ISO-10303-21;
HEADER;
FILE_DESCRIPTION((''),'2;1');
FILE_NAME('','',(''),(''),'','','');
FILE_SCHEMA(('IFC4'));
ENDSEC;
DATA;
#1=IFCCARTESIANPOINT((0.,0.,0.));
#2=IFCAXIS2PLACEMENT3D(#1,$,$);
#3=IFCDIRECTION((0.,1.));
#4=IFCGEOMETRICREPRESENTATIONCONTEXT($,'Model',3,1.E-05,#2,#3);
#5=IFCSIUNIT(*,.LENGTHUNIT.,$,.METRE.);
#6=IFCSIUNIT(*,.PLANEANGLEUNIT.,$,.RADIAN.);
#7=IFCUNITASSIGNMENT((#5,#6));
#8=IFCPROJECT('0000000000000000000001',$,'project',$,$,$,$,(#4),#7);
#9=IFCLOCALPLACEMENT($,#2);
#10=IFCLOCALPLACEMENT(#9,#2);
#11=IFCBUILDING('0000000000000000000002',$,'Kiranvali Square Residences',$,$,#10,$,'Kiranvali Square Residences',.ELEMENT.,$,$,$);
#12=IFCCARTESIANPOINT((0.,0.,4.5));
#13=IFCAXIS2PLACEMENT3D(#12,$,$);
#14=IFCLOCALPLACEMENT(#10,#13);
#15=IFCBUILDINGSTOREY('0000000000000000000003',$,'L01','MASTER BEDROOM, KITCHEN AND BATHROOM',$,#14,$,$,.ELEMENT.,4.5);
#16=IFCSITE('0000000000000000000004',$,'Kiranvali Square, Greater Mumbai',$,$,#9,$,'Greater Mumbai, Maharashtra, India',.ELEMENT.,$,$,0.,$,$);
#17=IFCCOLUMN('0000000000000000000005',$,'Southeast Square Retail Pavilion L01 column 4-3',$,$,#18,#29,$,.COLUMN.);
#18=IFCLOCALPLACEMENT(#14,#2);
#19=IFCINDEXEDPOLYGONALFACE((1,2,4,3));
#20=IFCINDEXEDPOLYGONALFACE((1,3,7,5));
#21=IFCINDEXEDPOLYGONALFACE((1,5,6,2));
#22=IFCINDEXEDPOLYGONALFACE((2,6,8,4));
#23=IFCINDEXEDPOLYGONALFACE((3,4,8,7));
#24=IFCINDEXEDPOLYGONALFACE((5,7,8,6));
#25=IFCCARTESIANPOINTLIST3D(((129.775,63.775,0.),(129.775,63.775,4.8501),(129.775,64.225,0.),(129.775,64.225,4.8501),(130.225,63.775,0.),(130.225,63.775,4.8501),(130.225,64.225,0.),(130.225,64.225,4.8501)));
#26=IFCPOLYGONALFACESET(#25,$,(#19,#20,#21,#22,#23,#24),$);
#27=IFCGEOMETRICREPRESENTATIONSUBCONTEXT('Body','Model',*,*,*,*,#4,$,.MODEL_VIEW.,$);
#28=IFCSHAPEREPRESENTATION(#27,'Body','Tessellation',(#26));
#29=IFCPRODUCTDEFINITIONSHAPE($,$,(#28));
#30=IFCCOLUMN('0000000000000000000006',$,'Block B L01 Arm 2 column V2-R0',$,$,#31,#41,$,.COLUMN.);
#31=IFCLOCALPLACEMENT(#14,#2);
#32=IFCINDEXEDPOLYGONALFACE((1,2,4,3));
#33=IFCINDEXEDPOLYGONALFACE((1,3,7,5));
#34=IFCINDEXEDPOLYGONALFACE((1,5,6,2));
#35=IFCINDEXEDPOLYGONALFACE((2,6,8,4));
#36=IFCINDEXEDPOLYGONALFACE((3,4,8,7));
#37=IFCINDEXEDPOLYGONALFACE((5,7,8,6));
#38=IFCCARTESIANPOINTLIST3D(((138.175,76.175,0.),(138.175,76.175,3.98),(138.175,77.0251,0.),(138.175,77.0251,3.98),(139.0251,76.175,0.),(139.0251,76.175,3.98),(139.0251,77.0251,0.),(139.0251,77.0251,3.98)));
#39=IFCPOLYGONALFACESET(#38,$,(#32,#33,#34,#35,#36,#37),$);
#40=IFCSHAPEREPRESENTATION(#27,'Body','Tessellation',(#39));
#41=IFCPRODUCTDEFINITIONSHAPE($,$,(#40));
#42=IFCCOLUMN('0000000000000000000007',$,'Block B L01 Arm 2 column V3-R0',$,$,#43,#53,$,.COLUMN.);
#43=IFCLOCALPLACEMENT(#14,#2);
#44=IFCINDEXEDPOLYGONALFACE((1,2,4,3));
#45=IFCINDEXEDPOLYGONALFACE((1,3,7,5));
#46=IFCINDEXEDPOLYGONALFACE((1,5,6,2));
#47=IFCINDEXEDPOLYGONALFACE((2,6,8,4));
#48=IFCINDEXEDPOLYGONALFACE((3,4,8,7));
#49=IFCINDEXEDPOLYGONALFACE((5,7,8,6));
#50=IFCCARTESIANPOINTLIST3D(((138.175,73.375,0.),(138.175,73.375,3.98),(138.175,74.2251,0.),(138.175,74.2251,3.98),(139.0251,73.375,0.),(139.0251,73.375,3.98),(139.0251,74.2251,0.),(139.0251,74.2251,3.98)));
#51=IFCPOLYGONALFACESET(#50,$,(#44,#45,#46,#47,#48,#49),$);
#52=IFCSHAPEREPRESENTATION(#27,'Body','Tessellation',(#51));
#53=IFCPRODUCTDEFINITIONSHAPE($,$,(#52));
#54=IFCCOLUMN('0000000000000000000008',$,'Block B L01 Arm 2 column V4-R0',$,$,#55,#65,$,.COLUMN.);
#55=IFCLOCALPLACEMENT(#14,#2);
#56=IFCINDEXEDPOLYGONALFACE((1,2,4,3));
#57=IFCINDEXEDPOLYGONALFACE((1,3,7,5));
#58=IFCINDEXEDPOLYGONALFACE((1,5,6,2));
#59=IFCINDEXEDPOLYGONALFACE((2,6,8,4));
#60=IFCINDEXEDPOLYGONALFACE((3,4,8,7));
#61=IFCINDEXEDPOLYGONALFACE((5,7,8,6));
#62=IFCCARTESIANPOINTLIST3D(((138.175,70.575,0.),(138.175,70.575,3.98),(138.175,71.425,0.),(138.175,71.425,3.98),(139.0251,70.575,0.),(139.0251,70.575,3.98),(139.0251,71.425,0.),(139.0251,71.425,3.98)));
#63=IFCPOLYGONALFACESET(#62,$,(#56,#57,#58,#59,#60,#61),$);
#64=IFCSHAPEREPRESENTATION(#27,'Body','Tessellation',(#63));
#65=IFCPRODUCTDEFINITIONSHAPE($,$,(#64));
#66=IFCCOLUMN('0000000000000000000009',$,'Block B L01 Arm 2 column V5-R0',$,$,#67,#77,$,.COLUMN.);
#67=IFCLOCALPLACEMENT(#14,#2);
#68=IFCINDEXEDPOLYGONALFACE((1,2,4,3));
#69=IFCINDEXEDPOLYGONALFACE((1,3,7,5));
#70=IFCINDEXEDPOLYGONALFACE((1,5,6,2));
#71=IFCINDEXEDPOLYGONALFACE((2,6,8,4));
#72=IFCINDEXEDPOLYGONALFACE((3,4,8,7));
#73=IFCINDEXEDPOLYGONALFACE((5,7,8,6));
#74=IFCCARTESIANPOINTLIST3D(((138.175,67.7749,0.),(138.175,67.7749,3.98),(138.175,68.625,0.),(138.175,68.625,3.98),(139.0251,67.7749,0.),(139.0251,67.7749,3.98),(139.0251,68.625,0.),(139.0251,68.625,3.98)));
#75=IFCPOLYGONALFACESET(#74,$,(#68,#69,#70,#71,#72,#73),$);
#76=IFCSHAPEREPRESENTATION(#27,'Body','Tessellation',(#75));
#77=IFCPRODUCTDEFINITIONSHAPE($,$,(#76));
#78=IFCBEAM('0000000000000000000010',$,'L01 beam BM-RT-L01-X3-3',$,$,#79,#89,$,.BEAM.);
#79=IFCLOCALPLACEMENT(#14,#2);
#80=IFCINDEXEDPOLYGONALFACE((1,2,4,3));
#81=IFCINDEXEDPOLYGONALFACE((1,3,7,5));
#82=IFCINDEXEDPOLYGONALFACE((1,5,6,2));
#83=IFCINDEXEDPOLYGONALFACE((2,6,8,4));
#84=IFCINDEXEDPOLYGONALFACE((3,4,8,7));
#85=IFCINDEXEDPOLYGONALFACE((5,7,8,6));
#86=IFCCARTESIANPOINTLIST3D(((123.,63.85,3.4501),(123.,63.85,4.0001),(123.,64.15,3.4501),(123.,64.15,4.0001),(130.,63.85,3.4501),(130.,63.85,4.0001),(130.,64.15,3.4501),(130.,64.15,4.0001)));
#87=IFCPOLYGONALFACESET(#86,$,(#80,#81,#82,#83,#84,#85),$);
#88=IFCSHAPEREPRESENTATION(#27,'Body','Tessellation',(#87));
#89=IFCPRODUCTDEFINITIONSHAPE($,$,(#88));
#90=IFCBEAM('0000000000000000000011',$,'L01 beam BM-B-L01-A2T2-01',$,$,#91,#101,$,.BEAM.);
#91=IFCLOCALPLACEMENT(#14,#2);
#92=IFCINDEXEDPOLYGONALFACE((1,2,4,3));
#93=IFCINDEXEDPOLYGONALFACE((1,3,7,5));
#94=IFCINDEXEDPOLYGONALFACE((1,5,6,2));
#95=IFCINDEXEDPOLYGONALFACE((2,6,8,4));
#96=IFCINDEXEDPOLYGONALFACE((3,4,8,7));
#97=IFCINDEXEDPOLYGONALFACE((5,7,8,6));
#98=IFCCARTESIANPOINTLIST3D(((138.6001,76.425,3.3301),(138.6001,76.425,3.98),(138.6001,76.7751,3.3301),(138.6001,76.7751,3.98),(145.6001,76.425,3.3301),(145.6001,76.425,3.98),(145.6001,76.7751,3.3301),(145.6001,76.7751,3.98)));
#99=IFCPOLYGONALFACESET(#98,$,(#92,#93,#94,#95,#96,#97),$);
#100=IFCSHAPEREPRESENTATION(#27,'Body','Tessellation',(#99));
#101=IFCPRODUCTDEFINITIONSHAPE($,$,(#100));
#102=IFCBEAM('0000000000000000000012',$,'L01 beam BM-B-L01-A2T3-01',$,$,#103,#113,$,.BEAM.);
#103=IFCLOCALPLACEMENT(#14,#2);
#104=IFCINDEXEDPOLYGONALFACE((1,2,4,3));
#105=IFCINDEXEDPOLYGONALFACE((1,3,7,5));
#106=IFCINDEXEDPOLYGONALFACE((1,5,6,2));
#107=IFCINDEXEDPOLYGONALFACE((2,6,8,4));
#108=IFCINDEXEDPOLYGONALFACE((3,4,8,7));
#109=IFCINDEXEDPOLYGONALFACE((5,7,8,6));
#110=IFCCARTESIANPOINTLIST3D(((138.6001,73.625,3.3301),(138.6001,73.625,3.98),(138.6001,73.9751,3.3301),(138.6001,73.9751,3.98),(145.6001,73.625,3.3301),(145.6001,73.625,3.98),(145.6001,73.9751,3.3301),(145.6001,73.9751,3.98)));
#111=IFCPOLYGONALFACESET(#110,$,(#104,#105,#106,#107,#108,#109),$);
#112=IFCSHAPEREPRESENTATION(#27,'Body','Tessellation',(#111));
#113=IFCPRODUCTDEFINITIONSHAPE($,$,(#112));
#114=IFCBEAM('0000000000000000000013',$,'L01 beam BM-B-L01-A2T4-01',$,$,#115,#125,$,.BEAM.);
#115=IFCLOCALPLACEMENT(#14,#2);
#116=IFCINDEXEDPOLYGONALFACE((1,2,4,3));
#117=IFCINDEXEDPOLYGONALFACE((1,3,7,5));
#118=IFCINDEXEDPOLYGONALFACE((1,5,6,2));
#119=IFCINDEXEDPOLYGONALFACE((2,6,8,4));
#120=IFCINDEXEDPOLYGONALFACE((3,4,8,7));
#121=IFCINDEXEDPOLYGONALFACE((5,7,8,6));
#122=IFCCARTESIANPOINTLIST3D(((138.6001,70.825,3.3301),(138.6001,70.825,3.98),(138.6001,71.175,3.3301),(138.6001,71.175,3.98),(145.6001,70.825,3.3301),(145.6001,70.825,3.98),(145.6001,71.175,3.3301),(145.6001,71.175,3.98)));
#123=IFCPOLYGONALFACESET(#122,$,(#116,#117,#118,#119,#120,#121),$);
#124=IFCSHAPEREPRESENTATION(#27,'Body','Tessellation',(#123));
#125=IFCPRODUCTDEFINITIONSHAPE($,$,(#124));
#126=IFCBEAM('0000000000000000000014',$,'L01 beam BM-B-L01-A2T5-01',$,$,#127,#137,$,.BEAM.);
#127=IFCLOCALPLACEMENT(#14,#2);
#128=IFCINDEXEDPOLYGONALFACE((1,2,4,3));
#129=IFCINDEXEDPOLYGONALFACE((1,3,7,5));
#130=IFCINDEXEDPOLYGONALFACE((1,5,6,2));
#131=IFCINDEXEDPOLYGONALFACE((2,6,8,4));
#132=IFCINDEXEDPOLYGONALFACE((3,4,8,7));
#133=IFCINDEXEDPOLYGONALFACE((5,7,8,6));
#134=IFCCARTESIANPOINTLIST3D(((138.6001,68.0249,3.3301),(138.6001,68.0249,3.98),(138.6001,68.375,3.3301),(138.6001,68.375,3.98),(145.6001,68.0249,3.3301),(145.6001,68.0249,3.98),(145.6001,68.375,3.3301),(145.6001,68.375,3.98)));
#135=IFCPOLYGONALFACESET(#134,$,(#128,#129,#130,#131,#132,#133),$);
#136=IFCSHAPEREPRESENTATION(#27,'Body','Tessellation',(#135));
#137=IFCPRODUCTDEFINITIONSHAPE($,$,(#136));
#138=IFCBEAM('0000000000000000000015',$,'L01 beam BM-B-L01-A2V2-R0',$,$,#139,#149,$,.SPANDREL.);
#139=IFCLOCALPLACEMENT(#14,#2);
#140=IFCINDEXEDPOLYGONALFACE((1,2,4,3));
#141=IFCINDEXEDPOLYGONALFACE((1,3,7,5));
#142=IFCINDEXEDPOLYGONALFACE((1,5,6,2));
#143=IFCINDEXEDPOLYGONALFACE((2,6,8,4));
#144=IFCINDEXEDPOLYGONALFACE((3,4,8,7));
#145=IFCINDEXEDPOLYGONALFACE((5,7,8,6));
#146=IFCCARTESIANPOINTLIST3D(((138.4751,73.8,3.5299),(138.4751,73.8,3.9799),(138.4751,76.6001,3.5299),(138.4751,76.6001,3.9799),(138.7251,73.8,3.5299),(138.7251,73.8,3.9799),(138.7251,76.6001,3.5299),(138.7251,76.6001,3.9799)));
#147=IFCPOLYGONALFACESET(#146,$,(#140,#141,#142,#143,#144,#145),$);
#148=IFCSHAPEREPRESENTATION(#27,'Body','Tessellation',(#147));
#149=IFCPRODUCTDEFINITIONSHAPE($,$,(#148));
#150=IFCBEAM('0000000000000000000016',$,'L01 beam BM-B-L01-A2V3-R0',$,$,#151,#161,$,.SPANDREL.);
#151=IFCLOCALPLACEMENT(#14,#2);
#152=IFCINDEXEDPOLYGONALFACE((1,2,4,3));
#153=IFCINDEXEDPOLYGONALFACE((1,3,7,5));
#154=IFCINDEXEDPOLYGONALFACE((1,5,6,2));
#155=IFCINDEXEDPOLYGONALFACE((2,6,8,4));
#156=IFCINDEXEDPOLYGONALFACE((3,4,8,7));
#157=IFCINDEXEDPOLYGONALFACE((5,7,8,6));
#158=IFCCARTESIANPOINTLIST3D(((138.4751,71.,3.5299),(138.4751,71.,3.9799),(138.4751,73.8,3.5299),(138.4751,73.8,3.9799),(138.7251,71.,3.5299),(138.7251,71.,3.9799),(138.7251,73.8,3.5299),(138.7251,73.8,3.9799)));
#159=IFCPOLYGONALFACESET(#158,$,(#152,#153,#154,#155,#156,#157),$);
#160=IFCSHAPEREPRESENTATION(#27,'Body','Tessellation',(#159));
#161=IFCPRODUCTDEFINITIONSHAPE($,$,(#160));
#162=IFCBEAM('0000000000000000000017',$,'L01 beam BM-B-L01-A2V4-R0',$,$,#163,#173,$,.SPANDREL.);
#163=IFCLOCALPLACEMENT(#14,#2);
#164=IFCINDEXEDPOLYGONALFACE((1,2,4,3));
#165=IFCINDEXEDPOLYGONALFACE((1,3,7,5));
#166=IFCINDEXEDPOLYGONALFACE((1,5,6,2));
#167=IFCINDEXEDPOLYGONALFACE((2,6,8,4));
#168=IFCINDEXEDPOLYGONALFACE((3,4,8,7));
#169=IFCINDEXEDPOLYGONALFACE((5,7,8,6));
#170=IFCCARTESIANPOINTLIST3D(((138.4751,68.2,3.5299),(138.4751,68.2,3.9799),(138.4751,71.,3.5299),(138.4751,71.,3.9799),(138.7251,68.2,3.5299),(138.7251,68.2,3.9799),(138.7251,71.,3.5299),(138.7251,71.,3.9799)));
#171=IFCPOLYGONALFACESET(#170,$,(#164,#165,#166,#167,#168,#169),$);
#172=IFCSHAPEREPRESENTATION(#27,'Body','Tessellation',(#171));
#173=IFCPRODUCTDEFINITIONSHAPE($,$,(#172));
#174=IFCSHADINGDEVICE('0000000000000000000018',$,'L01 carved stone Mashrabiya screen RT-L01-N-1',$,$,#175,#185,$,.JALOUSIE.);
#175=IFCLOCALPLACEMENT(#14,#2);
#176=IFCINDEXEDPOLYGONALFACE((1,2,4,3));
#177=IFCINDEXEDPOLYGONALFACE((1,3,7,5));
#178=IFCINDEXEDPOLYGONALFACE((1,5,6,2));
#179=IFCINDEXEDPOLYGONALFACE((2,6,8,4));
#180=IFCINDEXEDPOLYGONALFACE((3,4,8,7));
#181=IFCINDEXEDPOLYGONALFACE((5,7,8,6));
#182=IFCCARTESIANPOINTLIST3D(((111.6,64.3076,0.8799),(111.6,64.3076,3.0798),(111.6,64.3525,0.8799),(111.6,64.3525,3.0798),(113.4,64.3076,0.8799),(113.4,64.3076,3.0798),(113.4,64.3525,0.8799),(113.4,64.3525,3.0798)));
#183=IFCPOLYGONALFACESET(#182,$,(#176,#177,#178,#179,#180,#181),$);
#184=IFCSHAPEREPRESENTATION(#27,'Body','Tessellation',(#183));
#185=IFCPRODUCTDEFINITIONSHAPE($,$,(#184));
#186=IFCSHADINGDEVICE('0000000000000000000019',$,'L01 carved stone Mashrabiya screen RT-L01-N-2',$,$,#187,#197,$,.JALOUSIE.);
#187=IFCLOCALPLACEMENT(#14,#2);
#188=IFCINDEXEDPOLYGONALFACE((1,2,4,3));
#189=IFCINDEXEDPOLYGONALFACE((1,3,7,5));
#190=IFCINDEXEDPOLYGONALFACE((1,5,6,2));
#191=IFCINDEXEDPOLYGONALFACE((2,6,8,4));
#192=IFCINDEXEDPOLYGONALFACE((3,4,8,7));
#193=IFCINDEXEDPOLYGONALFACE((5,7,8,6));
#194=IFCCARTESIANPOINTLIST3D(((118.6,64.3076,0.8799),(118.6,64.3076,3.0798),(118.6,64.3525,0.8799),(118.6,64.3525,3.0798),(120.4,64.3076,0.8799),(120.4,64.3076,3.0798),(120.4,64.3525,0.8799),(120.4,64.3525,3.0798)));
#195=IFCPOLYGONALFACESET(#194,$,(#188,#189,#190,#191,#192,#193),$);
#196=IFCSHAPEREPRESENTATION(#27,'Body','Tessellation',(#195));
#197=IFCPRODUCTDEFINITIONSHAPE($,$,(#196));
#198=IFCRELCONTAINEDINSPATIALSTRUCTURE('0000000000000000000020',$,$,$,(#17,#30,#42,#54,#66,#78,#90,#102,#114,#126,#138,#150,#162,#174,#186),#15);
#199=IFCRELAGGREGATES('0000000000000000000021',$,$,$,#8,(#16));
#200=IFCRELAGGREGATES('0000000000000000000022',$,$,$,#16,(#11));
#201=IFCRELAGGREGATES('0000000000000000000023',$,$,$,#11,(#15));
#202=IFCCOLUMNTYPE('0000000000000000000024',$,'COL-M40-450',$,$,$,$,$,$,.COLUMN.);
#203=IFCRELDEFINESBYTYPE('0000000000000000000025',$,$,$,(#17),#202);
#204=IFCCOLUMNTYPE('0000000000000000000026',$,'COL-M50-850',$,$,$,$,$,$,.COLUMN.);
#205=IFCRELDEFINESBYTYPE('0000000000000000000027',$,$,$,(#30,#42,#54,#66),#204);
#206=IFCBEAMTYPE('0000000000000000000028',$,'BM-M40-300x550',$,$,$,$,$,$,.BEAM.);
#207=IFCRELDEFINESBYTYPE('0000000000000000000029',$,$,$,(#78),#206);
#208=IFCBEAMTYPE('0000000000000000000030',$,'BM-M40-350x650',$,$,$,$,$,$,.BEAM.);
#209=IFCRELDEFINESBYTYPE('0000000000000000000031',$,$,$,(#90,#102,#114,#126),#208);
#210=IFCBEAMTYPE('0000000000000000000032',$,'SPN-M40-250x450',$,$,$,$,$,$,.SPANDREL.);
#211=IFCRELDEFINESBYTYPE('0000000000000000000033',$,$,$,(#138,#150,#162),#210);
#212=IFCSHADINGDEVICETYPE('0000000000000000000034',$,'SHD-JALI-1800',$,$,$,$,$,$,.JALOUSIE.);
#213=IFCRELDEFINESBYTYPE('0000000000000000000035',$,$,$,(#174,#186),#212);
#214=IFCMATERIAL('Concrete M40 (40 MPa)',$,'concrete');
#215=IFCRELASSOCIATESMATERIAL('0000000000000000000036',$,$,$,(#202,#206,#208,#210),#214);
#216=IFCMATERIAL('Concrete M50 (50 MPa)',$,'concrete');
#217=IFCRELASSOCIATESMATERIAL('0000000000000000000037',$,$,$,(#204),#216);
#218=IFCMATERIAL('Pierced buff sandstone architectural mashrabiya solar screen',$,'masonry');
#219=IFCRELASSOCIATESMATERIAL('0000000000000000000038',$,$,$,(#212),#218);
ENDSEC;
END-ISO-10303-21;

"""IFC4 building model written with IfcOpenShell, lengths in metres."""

from ifc_helpers import new_model, si_unit, direction, frame, origin, origin_2d, place, context, subcontext, project, spatial, rectangle, extrude, material, material_profile, profile_set, type_object, element, save


model = new_model("IFC4")

# Units and contexts
model_context = context("Model", 3, precision=1e-05, world=origin(), true_north=direction((0.0, 1.0)))
body_context = subcontext(model_context, "Body", "Model", "MODEL_VIEW")
ifc_project = project(units=[si_unit("LENGTHUNIT", "METRE"), si_unit("PLANEANGLEUNIT", "RADIAN")], contexts=[model_context])

# Site, building, storey
site_placement = place(None, origin())
site = spatial("IfcSite", under=ifc_project, at=site_placement, Name="Kiranvali Square, Greater Mumbai", LongName="Greater Mumbai, Maharashtra, India", CompositionType="ELEMENT", RefElevation=0.0)
building_placement = place(site_placement, origin())
building = spatial("IfcBuilding", under=site, at=building_placement, Name="Kiranvali Square Residences", LongName="Kiranvali Square Residences", CompositionType="ELEMENT")
storey_placement = place(building_placement, frame((0.0, 0.0, 4.5)))
storey = spatial("IfcBuildingStorey", under=building, at=storey_placement, Name="L01", Description="MASTER BEDROOM, KITCHEN AND BATHROOM", CompositionType="ELEMENT", Elevation=4.5)

# Columns
ifc_material_1 = material(Name="Concrete M40 (40 MPa)", Category="concrete")
ifc_material_profile_1 = material_profile(ifc_material_1, rectangle(XDim=0.45, YDim=0.45, at=origin_2d()), Name="RC 450x450")
ifc_profile_set_1 = profile_set([ifc_material_profile_1], Name="Concrete M40 (40 MPa)")
column_type_1 = type_object("IfcColumnType", Name="COL-M40-450", PredefinedType="COLUMN", material=ifc_profile_set_1)
column_placement = place(storey_placement, frame((130.0, 64.0, 0.0), z_axis=(0.0, 0.0, 1.0), x_axis=(1.0, 0.0, 0.0)))
element("IfcColumn", 1, at=column_placement, inside=storey, type_object=column_type_1, Name="Southeast Square Retail Pavilion L01 column 4-3", PredefinedType="COLUMN", context=body_context, shape_type="SweptSolid", body=[
    extrude(rectangle(XDim=0.45, YDim=0.45, at=origin_2d()), origin(), (0.0, 0.0, 1.0), 4.8501),
])
ifc_material_2 = material(Name="Concrete M50 (50 MPa)", Category="concrete")
ifc_material_profile_2 = material_profile(ifc_material_2, rectangle(XDim=0.8501, YDim=0.8501, at=origin_2d()), Name="RC 850x850")
ifc_profile_set_2 = profile_set([ifc_material_profile_2], Name="Concrete M50 (50 MPa)")
column_type_2 = type_object("IfcColumnType", Name="COL-M50-850", PredefinedType="COLUMN", material=ifc_profile_set_2)
for number, where, z_axis, x_axis, name in (
    (2, (138.6001, 76.6001, 0.0), (0.0, 0.0, 1.0), (1.0, 0.0, 0.0), "Block B L01 Arm 2 column V2-R0"),
    (3, (138.6001, 73.8, 0.0), (0.0, 0.0, 1.0), (1.0, 0.0, 0.0), "Block B L01 Arm 2 column V3-R0"),
    (4, (138.6001, 71.0, 0.0), (0.0, 0.0, 1.0), (1.0, 0.0, 0.0), "Block B L01 Arm 2 column V4-R0"),
    (5, (138.6001, 68.2, 0.0), (0.0, 0.0, 1.0), (1.0, 0.0, 0.0), "Block B L01 Arm 2 column V5-R0"),
):
    element("IfcColumn", number, at=place(storey_placement, frame(where, z_axis=z_axis, x_axis=x_axis)), inside=storey, type_object=column_type_2, Name=name, PredefinedType="COLUMN", context=body_context, shape_type="SweptSolid", body=[
        extrude(rectangle(XDim=0.8501, YDim=0.8501, at=origin_2d()), origin(), (0.0, 0.0, 1.0), 3.98),
    ])

# Beams
ifc_material_profile_3 = material_profile(ifc_material_1, rectangle(XDim=0.3, YDim=0.55, at=origin_2d()), Name="RC 300x550")
ifc_profile_set_3 = profile_set([ifc_material_profile_3], Name="Concrete M40 (40 MPa)")
beam_type_1 = type_object("IfcBeamType", Name="BM-M40-300x550", PredefinedType="BEAM", material=ifc_profile_set_3)
beam_placement = place(storey_placement, frame((123.0, 64.0, 3.7251), z_axis=(1.0, 0.0, 0.0), x_axis=(0.0, 1.0, 0.0)))
element("IfcBeam", 6, at=beam_placement, inside=storey, type_object=beam_type_1, Name="L01 beam BM-RT-L01-X3-3", PredefinedType="BEAM", context=body_context, shape_type="SweptSolid", body=[
    extrude(rectangle(XDim=0.3, YDim=0.55, at=origin_2d()), origin(), (0.0, 0.0, 1.0), 7.0),
])
ifc_material_profile_4 = material_profile(ifc_material_1, rectangle(XDim=0.3501, YDim=0.6499, at=origin_2d()), Name="RC 350x650")
ifc_profile_set_4 = profile_set([ifc_material_profile_4], Name="Concrete M40 (40 MPa)")
beam_type_2 = type_object("IfcBeamType", Name="BM-M40-350x650", PredefinedType="BEAM", material=ifc_profile_set_4)
for number, where, z_axis, x_axis, name in (
    (7, (138.6001, 76.6001, 3.655), (1.0, 0.0, 0.0), (0.0, 1.0, 0.0), "L01 beam BM-B-L01-A2T2-01"),
    (8, (138.6001, 73.8, 3.655), (1.0, 0.0, 0.0), (0.0, 1.0, 0.0), "L01 beam BM-B-L01-A2T3-01"),
    (9, (138.6001, 71.0, 3.655), (1.0, 0.0, 0.0), (0.0, 1.0, 0.0), "L01 beam BM-B-L01-A2T4-01"),
    (10, (138.6001, 68.2, 3.655), (1.0, 0.0, 0.0), (0.0, 1.0, 0.0), "L01 beam BM-B-L01-A2T5-01"),
):
    element("IfcBeam", number, at=place(storey_placement, frame(where, z_axis=z_axis, x_axis=x_axis)), inside=storey, type_object=beam_type_2, Name=name, PredefinedType="BEAM", context=body_context, shape_type="SweptSolid", body=[
        extrude(rectangle(XDim=0.3501, YDim=0.6499, at=origin_2d()), origin(), (0.0, 0.0, 1.0), 7.0),
    ])
ifc_material_profile_5 = material_profile(ifc_material_1, rectangle(XDim=0.25, YDim=0.45, at=origin_2d()), Name="RC 250x450")
ifc_profile_set_5 = profile_set([ifc_material_profile_5], Name="Concrete M40 (40 MPa)")
beam_type_3 = type_object("IfcBeamType", Name="SPN-M40-250x450", PredefinedType="SPANDREL", material=ifc_profile_set_5)
for number, where, z_axis, x_axis, name in (
    (11, (138.6001, 76.6001, 3.7549), (0.0, -1.0, 0.0), (1.0, 0.0, 0.0), "L01 beam BM-B-L01-A2V2-R0"),
    (12, (138.6001, 73.8, 3.7549), (0.0, -1.0, 0.0), (1.0, 0.0, 0.0), "L01 beam BM-B-L01-A2V3-R0"),
    (13, (138.6001, 71.0, 3.7549), (0.0, -1.0, 0.0), (1.0, 0.0, 0.0), "L01 beam BM-B-L01-A2V4-R0"),
):
    element("IfcBeam", number, at=place(storey_placement, frame(where, z_axis=z_axis, x_axis=x_axis)), inside=storey, type_object=beam_type_3, Name=name, PredefinedType="SPANDREL", context=body_context, shape_type="SweptSolid", body=[
        extrude(rectangle(XDim=0.25, YDim=0.45, at=origin_2d()), origin(), (0.0, 0.0, 1.0), 2.8),
    ])

# Shading devices
ifc_material_3 = material(Name="Pierced buff sandstone architectural mashrabiya solar screen", Category="masonry")
shading_device_type = type_object("IfcShadingDeviceType", Name="SHD-JALI-1800", PredefinedType="JALOUSIE", material=ifc_material_3)
for number, where, z_axis, x_axis, name in (
    (14, (112.5, 64.3301, 0.8799), (0.0, 0.0, 1.0), (1.0, 0.0, 0.0), "L01 carved stone Mashrabiya screen RT-L01-N-1"),
    (15, (119.5, 64.3301, 0.8799), (0.0, 0.0, 1.0), (1.0, 0.0, 0.0), "L01 carved stone Mashrabiya screen RT-L01-N-2"),
):
    element("IfcShadingDevice", number, at=place(storey_placement, frame(where, z_axis=z_axis, x_axis=x_axis)), inside=storey, type_object=shading_device_type, Name=name, PredefinedType="JALOUSIE", context=body_context, shape_type="SweptSolid", body=[
        extrude(rectangle(XDim=1.8, YDim=0.0449, at=origin_2d()), origin(), (0.0, 0.0, 1.0), 2.2),
    ])

save(model, "model.ifc")
